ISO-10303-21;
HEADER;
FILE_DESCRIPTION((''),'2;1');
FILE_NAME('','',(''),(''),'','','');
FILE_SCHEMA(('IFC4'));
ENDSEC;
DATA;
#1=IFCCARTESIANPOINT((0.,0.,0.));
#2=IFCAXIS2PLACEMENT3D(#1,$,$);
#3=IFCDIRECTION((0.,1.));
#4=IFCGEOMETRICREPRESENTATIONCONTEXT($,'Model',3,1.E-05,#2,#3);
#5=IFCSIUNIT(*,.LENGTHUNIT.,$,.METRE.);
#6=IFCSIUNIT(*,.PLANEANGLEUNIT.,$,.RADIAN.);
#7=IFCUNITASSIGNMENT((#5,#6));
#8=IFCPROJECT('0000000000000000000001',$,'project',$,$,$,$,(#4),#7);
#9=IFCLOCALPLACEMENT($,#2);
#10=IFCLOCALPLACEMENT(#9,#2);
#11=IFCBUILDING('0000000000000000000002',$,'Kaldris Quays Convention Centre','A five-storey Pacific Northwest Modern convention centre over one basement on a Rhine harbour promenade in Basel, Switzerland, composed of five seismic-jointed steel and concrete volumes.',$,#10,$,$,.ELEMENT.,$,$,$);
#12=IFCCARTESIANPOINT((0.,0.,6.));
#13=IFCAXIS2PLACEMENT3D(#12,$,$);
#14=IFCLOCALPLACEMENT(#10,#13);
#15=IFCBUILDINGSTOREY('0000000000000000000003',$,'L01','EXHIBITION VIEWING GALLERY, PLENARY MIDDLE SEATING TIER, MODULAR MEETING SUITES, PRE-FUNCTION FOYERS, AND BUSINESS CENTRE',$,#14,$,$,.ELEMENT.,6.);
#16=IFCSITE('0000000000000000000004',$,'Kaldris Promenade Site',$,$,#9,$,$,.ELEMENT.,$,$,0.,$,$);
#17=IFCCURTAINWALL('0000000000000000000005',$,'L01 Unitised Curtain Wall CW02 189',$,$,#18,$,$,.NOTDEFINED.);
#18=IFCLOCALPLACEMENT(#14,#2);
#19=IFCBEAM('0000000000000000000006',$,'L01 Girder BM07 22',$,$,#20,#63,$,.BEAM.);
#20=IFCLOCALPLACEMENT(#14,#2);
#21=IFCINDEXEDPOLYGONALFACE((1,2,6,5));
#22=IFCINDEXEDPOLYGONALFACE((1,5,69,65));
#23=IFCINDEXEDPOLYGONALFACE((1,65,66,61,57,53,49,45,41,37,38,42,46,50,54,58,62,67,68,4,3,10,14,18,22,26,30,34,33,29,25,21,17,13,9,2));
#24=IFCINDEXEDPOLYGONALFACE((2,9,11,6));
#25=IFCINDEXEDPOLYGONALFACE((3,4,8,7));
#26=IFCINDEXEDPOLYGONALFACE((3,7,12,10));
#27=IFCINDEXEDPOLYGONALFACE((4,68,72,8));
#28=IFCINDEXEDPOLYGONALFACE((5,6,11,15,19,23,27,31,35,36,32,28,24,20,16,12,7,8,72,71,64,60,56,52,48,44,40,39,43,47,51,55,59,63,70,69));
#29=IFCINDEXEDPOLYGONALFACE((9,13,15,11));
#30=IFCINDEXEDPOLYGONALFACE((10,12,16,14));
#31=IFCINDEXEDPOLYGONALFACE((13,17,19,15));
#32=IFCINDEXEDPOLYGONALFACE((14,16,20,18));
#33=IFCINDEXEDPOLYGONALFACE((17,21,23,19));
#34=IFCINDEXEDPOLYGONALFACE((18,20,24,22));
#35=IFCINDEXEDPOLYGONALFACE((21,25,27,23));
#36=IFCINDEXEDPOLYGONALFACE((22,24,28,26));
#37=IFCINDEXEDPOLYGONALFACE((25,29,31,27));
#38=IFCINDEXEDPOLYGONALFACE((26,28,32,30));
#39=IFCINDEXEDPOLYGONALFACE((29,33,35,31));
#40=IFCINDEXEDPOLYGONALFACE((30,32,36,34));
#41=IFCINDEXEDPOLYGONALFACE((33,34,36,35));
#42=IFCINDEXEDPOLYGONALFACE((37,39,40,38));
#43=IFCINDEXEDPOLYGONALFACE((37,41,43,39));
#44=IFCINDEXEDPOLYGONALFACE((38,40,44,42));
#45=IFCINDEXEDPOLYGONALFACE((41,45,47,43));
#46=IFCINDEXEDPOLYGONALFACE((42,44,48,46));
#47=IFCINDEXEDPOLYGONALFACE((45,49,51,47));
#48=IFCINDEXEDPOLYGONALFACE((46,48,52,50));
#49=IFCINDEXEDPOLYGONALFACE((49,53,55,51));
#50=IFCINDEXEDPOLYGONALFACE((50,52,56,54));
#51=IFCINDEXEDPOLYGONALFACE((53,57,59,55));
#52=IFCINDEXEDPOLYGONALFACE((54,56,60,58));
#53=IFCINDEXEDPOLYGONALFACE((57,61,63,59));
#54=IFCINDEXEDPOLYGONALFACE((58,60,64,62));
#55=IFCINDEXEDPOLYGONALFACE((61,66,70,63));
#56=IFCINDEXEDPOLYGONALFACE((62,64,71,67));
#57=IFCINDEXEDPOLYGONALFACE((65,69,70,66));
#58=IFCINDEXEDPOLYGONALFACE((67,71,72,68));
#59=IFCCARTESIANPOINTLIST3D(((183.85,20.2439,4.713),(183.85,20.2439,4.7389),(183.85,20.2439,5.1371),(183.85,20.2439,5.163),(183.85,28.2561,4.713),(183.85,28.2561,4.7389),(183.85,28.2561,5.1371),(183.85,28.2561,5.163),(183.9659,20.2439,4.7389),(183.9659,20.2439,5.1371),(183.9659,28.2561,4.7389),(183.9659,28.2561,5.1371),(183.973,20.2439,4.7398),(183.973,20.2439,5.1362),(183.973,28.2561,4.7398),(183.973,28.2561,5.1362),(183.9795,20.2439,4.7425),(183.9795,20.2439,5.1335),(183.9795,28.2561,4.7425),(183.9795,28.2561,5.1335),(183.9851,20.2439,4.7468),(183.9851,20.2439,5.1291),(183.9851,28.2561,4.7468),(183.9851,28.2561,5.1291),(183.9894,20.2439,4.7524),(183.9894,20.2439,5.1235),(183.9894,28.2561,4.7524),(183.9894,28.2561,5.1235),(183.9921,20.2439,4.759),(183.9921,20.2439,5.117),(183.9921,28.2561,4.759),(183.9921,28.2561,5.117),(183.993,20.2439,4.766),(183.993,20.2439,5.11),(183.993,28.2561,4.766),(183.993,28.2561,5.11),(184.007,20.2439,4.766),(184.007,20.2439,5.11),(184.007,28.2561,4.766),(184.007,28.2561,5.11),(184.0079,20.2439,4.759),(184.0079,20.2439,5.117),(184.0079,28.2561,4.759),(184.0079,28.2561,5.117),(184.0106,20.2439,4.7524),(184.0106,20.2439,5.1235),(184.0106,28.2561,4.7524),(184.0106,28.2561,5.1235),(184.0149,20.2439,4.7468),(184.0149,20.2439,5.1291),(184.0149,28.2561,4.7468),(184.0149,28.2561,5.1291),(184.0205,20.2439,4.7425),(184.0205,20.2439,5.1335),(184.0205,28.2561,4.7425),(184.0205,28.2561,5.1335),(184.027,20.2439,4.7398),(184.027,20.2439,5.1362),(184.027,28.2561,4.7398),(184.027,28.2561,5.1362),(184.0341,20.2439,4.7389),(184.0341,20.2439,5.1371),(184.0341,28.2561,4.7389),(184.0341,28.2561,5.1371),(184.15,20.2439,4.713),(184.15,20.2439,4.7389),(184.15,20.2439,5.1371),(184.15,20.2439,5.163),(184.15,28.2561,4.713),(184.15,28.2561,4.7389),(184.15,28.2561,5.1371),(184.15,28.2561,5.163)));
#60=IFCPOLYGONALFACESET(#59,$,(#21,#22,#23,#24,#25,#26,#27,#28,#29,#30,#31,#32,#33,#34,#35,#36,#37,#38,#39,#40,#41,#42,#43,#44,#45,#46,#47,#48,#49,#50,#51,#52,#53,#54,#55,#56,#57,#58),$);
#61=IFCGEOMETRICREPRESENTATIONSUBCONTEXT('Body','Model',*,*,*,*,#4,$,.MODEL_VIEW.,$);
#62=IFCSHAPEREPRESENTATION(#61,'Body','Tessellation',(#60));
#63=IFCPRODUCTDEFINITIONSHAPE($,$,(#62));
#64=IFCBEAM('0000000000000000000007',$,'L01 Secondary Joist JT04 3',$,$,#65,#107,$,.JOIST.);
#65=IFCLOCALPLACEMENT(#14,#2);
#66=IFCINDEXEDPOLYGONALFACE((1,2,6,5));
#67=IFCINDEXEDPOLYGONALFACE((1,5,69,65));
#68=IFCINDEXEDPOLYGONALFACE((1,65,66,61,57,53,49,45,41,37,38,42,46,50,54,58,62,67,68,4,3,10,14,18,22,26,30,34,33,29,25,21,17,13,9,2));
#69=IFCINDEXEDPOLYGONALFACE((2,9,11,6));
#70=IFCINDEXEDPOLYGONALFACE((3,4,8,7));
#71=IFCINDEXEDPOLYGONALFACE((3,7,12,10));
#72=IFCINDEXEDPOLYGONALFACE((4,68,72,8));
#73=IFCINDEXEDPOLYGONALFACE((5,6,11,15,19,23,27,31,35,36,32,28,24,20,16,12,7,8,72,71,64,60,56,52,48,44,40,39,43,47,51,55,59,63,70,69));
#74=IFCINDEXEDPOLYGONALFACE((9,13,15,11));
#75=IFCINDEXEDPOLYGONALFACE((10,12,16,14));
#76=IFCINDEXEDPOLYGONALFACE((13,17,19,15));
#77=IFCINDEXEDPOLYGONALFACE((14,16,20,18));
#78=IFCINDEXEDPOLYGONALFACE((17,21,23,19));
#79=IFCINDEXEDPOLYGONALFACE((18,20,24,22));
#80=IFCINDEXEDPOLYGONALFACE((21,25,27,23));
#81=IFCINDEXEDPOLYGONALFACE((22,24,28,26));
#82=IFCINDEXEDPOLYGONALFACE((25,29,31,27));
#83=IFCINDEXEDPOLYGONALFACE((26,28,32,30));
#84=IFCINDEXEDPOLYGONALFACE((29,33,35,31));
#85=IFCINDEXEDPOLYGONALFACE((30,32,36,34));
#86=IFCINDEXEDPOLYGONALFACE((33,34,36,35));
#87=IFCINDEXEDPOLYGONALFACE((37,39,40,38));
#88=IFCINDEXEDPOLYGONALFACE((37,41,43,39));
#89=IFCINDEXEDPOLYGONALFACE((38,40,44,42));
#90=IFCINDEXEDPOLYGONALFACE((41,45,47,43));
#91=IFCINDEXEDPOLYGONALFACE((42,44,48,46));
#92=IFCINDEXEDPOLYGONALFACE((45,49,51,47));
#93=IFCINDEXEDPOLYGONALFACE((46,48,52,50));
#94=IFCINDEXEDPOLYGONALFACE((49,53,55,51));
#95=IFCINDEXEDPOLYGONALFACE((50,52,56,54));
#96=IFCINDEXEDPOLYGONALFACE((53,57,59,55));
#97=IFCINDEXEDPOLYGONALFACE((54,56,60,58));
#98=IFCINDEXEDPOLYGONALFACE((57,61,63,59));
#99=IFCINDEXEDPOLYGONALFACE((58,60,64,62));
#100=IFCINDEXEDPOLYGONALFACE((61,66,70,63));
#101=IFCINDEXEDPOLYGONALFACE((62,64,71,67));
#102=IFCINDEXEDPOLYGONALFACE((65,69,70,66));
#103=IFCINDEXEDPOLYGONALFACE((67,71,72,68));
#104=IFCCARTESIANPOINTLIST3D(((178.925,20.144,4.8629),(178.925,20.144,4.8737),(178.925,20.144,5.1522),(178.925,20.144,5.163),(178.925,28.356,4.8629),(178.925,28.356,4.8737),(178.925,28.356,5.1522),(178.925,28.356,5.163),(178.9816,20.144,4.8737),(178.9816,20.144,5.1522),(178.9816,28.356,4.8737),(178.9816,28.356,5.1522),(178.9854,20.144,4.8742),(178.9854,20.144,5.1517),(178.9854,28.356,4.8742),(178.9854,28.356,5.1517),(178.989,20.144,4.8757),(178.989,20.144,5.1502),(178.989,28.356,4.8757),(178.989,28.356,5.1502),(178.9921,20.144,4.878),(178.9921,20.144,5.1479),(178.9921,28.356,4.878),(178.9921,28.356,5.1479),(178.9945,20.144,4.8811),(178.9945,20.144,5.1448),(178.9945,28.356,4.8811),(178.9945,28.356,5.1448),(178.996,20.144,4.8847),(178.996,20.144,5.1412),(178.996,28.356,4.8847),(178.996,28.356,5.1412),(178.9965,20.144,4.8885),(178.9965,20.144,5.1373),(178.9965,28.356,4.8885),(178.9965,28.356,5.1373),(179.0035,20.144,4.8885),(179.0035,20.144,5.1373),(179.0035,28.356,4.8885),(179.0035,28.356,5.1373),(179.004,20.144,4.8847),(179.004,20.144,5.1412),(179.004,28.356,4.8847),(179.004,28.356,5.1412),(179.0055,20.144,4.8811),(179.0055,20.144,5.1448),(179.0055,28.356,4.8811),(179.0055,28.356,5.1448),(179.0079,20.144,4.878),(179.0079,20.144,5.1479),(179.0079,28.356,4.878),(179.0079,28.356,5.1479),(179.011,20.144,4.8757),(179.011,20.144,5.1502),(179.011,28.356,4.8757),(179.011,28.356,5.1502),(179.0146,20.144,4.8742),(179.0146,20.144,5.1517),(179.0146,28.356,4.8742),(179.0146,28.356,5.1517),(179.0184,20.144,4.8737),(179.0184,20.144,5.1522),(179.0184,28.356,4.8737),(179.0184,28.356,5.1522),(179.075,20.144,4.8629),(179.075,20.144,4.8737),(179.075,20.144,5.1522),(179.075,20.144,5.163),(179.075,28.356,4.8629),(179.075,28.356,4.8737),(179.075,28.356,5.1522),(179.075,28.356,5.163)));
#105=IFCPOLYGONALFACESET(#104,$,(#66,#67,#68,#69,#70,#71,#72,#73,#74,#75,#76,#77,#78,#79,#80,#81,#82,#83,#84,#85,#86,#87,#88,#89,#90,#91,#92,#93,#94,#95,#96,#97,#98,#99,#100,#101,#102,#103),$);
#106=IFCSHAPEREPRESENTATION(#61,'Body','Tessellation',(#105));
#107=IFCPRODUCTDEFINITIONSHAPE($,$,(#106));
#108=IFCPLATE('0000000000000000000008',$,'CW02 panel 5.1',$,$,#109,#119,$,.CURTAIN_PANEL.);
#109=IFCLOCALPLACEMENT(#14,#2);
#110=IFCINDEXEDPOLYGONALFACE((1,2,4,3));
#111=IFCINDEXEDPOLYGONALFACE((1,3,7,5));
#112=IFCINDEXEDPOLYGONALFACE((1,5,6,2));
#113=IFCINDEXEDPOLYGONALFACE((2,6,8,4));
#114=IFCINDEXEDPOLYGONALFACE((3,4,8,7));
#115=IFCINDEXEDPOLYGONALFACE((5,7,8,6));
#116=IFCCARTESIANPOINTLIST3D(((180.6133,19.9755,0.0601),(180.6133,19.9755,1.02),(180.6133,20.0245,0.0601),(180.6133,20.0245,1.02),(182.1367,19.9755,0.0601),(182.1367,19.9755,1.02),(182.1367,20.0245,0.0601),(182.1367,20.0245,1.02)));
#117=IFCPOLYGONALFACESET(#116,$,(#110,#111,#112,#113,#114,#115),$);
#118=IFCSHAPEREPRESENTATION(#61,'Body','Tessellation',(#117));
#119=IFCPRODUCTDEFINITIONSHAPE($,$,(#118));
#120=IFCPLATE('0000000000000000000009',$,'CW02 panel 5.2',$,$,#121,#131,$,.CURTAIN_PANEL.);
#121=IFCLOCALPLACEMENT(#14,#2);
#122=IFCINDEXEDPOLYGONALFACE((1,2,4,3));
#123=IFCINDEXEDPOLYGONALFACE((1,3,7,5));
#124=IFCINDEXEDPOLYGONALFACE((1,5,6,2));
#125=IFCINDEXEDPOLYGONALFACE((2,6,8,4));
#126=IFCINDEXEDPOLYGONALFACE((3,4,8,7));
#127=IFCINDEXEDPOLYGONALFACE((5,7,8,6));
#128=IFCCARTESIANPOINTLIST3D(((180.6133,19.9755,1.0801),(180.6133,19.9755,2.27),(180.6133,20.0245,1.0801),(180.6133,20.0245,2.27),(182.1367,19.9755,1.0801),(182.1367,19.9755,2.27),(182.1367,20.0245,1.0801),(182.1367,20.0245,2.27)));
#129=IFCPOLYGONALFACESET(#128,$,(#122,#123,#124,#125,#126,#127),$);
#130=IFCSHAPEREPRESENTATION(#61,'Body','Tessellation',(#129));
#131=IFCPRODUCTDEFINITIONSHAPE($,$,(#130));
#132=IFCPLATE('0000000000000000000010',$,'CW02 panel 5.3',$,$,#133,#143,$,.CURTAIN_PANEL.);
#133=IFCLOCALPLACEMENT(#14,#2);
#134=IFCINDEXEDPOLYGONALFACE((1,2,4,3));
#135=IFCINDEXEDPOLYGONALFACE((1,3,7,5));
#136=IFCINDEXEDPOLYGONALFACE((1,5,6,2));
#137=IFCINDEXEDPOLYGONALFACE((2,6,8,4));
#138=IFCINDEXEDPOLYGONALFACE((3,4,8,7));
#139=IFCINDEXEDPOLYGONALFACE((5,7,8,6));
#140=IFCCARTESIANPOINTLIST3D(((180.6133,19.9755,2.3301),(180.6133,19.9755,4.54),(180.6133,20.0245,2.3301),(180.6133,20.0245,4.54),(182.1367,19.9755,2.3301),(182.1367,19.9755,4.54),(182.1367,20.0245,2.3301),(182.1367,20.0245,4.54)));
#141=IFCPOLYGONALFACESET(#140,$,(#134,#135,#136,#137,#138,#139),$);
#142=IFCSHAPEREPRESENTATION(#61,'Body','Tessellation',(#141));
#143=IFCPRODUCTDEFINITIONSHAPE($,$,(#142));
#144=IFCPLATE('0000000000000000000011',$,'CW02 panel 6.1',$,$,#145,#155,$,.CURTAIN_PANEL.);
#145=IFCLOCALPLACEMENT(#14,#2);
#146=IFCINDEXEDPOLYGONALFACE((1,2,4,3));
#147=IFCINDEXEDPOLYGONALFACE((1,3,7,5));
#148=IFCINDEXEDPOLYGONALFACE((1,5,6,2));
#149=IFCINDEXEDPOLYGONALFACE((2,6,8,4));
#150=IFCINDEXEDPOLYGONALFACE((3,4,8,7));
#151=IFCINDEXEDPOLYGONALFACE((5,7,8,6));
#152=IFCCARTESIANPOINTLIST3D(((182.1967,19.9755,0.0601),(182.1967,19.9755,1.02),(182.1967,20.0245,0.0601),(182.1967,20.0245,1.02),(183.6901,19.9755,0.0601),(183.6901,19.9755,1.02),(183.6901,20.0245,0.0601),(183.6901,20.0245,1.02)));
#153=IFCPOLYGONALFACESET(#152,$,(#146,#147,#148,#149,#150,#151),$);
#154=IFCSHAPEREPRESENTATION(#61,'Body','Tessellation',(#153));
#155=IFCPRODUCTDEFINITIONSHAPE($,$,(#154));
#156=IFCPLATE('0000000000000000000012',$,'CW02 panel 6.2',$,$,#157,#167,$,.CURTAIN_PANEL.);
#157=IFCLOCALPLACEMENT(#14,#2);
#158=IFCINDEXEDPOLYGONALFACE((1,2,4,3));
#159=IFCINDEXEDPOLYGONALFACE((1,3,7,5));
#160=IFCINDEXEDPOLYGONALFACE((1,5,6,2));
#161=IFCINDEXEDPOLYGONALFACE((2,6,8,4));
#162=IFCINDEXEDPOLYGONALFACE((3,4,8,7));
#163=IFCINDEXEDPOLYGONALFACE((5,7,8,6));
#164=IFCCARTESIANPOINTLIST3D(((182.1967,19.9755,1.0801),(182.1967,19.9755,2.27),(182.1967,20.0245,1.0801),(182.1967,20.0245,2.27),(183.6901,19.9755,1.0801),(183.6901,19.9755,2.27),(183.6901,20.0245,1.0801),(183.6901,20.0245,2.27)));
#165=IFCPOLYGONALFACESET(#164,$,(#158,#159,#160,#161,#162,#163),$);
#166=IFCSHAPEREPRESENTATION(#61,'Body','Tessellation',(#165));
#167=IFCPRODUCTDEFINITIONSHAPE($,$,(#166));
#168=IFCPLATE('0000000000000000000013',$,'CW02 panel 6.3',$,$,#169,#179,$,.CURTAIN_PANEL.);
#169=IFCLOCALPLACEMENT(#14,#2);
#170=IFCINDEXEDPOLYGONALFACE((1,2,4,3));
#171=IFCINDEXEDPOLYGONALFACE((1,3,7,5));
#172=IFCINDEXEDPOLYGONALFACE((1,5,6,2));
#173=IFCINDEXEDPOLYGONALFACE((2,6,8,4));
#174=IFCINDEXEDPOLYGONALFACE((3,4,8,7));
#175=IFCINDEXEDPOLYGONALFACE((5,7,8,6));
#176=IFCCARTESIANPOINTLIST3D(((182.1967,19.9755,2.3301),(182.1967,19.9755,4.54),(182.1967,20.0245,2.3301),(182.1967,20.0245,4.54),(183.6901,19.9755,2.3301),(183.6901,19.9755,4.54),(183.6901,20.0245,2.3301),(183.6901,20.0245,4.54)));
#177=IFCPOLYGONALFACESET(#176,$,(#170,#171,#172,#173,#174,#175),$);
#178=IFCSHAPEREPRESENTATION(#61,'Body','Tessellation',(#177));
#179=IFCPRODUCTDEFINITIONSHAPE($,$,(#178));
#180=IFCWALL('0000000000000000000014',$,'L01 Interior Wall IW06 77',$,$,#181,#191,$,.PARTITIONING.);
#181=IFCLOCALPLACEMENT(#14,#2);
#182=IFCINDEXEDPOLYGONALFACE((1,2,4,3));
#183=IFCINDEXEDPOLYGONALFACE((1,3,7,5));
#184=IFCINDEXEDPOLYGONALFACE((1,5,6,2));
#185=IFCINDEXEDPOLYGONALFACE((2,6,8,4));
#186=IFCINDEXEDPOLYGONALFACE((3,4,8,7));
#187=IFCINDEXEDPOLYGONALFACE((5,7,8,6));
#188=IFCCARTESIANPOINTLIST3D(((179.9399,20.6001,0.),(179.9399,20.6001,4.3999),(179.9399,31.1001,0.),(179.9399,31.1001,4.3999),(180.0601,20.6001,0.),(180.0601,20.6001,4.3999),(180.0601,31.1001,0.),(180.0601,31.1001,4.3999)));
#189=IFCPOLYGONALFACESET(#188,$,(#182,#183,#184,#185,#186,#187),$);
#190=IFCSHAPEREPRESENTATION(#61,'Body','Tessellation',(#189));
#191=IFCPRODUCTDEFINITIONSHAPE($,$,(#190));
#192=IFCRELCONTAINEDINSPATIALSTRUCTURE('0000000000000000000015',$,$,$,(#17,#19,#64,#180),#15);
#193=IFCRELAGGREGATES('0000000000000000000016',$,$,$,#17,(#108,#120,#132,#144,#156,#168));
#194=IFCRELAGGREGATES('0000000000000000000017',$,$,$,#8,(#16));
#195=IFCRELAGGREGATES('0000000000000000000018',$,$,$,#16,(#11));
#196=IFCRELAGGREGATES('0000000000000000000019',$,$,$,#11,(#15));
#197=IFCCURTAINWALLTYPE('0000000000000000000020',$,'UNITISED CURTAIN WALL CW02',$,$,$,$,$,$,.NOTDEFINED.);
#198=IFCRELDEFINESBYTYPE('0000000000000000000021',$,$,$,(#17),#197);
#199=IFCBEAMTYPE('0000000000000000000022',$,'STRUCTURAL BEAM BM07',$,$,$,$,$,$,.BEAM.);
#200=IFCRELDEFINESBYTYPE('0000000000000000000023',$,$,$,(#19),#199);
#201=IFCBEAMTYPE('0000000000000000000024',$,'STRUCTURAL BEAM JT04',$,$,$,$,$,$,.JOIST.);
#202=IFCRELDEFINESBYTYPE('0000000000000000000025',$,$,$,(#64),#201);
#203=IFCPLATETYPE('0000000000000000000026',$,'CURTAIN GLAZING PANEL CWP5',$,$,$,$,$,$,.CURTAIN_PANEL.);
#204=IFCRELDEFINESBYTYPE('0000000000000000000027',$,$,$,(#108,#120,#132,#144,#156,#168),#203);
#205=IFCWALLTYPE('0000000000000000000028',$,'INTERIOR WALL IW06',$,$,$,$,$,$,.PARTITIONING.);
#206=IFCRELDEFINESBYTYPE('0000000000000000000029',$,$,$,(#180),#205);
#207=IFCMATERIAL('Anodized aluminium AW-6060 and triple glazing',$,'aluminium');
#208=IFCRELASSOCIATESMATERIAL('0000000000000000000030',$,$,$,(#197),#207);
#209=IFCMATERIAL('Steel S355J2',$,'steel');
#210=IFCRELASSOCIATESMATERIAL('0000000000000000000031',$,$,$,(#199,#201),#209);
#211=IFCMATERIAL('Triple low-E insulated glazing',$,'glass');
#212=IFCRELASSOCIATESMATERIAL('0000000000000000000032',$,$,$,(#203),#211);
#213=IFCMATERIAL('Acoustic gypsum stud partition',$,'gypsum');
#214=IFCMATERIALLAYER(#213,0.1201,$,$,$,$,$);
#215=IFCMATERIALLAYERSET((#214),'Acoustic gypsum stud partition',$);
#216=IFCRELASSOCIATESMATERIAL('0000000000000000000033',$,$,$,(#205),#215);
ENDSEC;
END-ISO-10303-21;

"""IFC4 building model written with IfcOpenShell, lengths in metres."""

from ifc_helpers import new_model, si_unit, direction, frame, frame_2d, origin, origin_2d, place, context, subcontext, project, spatial, rectangle, i_section, extrude, material, layer, layer_set, material_profile, profile_set, type_object, element, aggregate, save


model = new_model("IFC4")

# Units and contexts
model_context = context("Model", 3, precision=1e-05, world=origin(), true_north=direction((0.0, 1.0)))
body_context = subcontext(model_context, "Body", "Model", "MODEL_VIEW")
ifc_project = project(units=[si_unit("LENGTHUNIT", "METRE"), si_unit("PLANEANGLEUNIT", "RADIAN")], contexts=[model_context])

# Site, building, storey
site_placement = place(None, origin())
site = spatial("IfcSite", under=ifc_project, at=site_placement, Name="Kaldris Promenade Site", CompositionType="ELEMENT", RefElevation=0.0)
building_placement = place(site_placement, origin())
building = spatial("IfcBuilding", under=site, at=building_placement, Name="Kaldris Quays Convention Centre", Description="A five-storey Pacific Northwest Modern convention centre over one basement on a Rhine harbour promenade in Basel, Switzerland, composed of five seismic-jointed steel and concrete volumes.", CompositionType="ELEMENT")
storey_placement = place(building_placement, frame((0.0, 0.0, 6.0)))
storey = spatial("IfcBuildingStorey", under=building, at=storey_placement, Name="L01", Description="EXHIBITION VIEWING GALLERY, PLENARY MIDDLE SEATING TIER, MODULAR MEETING SUITES, PRE-FUNCTION FOYERS, AND BUSINESS CENTRE", CompositionType="ELEMENT", Elevation=6.0)

# Shared definitions
ifc_material_1 = material(Name="Steel S355J2", Category="steel")

# Curtain wall
ifc_material_2 = material(Name="Anodized aluminium AW-6060 and triple glazing", Category="aluminium")
curtain_wall_type = type_object("IfcCurtainWallType", Name="UNITISED CURTAIN WALL CW02", PredefinedType="NOTDEFINED", material=ifc_material_2)
curtain_wall_1_placement = place(storey_placement, origin())
curtain_wall_1 = element("IfcCurtainWall", 1, at=curtain_wall_1_placement, inside=storey, type_object=curtain_wall_type, Name="L01 Unitised Curtain Wall CW02 189", PredefinedType="NOTDEFINED")

# Beams
ifc_material_profile_1 = material_profile(ifc_material_1, i_section(OverallWidth=0.3, OverallDepth=0.45, WebThickness=0.0139, FlangeThickness=0.0259, FilletRadius=0.0271, at=origin_2d()), Name="HEB 450")
ifc_profile_set_1 = profile_set([ifc_material_profile_1], Name="Steel S355J2")
beam_type_1 = type_object("IfcBeamType", Name="STRUCTURAL BEAM BM07", PredefinedType="BEAM", material=ifc_profile_set_1)
beam_1_placement = place(storey_placement, frame((184.0, 20.2439, 4.938), z_axis=(0.0, 1.0, 0.0), x_axis=(-1.0, 0.0, 0.0)))
element("IfcBeam", 2, at=beam_1_placement, inside=storey, type_object=beam_type_1, Name="L01 Girder BM07 22", PredefinedType="BEAM", context=body_context, shape_type="SweptSolid", body=[
    extrude(i_section(OverallWidth=0.3, OverallDepth=0.45, WebThickness=0.0139, FlangeThickness=0.0259, FilletRadius=0.0271, at=origin_2d()), origin(), (0.0, 0.0, 1.0), 8.0122),
])
ifc_material_profile_2 = material_profile(ifc_material_1, i_section(OverallWidth=0.1499, OverallDepth=0.3, WebThickness=0.0071, FlangeThickness=0.0107, FilletRadius=0.0149, at=origin_2d()), Name="IPE 300")
ifc_profile_set_2 = profile_set([ifc_material_profile_2], Name="Steel S355J2")
beam_type_2 = type_object("IfcBeamType", Name="STRUCTURAL BEAM JT04", PredefinedType="JOIST", material=ifc_profile_set_2)
beam_2_placement = place(storey_placement, frame((179.0, 20.144, 5.0129), z_axis=(0.0, 1.0, 0.0), x_axis=(-1.0, 0.0, 0.0)))
element("IfcBeam", 3, at=beam_2_placement, inside=storey, type_object=beam_type_2, Name="L01 Secondary Joist JT04 3", PredefinedType="JOIST", context=body_context, shape_type="SweptSolid", body=[
    extrude(i_section(OverallWidth=0.1499, OverallDepth=0.3, WebThickness=0.0071, FlangeThickness=0.0107, FilletRadius=0.0149, at=origin_2d()), origin(), (0.0, 0.0, 1.0), 8.2119),
])

# Plates
ifc_material_3 = material(Name="Triple low-E insulated glazing", Category="glass")
plate_type = type_object("IfcPlateType", Name="CURTAIN GLAZING PANEL CWP5", PredefinedType="CURTAIN_PANEL", material=ifc_material_3)
plate_1_placement = place(storey_placement, frame((181.375, 20.0, 0.0601), z_axis=(0.0, 0.0, 1.0), x_axis=(1.0, 0.0, 0.0)))
plate_1 = element("IfcPlate", 4, at=plate_1_placement, type_object=plate_type, Name="CW02 panel 5.1", PredefinedType="CURTAIN_PANEL", context=body_context, shape_type="SweptSolid", body=[
    extrude(rectangle(XDim=1.5234, YDim=0.0491, at=origin_2d()), origin(), (0.0, 0.0, 1.0), 0.96),
])
plate_2_placement = place(storey_placement, frame((181.375, 20.0, 1.0801), z_axis=(0.0, 0.0, 1.0), x_axis=(1.0, 0.0, 0.0)))
plate_2 = element("IfcPlate", 5, at=plate_2_placement, type_object=plate_type, Name="CW02 panel 5.2", PredefinedType="CURTAIN_PANEL", context=body_context, shape_type="SweptSolid", body=[
    extrude(rectangle(XDim=1.5234, YDim=0.0491, at=origin_2d()), origin(), (0.0, 0.0, 1.0), 1.1899),
])
plate_3_placement = place(storey_placement, frame((181.375, 20.0, 2.3301), z_axis=(0.0, 0.0, 1.0), x_axis=(1.0, 0.0, 0.0)))
plate_3 = element("IfcPlate", 6, at=plate_3_placement, type_object=plate_type, Name="CW02 panel 5.3", PredefinedType="CURTAIN_PANEL", context=body_context, shape_type="SweptSolid", body=[
    extrude(rectangle(XDim=1.5234, YDim=0.0491, at=origin_2d()), origin(), (0.0, 0.0, 1.0), 2.21),
])
plate_4_placement = place(storey_placement, frame((182.9434, 20.0, 0.0601), z_axis=(0.0, 0.0, 1.0), x_axis=(1.0, 0.0, 0.0)))
plate_4 = element("IfcPlate", 7, at=plate_4_placement, type_object=plate_type, Name="CW02 panel 6.1", PredefinedType="CURTAIN_PANEL", context=body_context, shape_type="SweptSolid", body=[
    extrude(rectangle(XDim=1.4934, YDim=0.0491, at=origin_2d()), origin(), (0.0, 0.0, 1.0), 0.96),
])
plate_5_placement = place(storey_placement, frame((182.9434, 20.0, 1.0801), z_axis=(0.0, 0.0, 1.0), x_axis=(1.0, 0.0, 0.0)))
plate_5 = element("IfcPlate", 8, at=plate_5_placement, type_object=plate_type, Name="CW02 panel 6.2", PredefinedType="CURTAIN_PANEL", context=body_context, shape_type="SweptSolid", body=[
    extrude(rectangle(XDim=1.4934, YDim=0.0491, at=origin_2d()), origin(), (0.0, 0.0, 1.0), 1.1899),
])
plate_6_placement = place(storey_placement, frame((182.9434, 20.0, 2.3301), z_axis=(0.0, 0.0, 1.0), x_axis=(1.0, 0.0, 0.0)))
plate_6 = element("IfcPlate", 9, at=plate_6_placement, type_object=plate_type, Name="CW02 panel 6.3", PredefinedType="CURTAIN_PANEL", context=body_context, shape_type="SweptSolid", body=[
    extrude(rectangle(XDim=1.4934, YDim=0.0491, at=origin_2d()), origin(), (0.0, 0.0, 1.0), 2.21),
])
aggregate(curtain_wall_1, [plate_1, plate_2, plate_3, plate_4, plate_5, plate_6])

# Wall
ifc_material_4 = material(Name="Acoustic gypsum stud partition", Category="gypsum")
ifc_layer = layer(ifc_material_4, 0.1201)
ifc_layer_set = layer_set([ifc_layer], Name="Acoustic gypsum stud partition")
wall_type = type_object("IfcWallType", Name="INTERIOR WALL IW06", PredefinedType="PARTITIONING", material=ifc_layer_set)
wall_placement = place(storey_placement, frame((180.0, 20.6001, 0.0), z_axis=(0.0, 0.0, 1.0), x_axis=(0.0, 1.0, 0.0)))
element("IfcWall", 10, at=wall_placement, inside=storey, type_object=wall_type, Name="L01 Interior Wall IW06 77", PredefinedType="PARTITIONING", context=body_context, shape_type="SweptSolid", body=[
    extrude(rectangle(XDim=10.5, YDim=0.1201, at=frame_2d((5.25, 0.0))), origin(), (0.0, 0.0, 1.0), 4.3999),
])

save(model, "model.ifc")
